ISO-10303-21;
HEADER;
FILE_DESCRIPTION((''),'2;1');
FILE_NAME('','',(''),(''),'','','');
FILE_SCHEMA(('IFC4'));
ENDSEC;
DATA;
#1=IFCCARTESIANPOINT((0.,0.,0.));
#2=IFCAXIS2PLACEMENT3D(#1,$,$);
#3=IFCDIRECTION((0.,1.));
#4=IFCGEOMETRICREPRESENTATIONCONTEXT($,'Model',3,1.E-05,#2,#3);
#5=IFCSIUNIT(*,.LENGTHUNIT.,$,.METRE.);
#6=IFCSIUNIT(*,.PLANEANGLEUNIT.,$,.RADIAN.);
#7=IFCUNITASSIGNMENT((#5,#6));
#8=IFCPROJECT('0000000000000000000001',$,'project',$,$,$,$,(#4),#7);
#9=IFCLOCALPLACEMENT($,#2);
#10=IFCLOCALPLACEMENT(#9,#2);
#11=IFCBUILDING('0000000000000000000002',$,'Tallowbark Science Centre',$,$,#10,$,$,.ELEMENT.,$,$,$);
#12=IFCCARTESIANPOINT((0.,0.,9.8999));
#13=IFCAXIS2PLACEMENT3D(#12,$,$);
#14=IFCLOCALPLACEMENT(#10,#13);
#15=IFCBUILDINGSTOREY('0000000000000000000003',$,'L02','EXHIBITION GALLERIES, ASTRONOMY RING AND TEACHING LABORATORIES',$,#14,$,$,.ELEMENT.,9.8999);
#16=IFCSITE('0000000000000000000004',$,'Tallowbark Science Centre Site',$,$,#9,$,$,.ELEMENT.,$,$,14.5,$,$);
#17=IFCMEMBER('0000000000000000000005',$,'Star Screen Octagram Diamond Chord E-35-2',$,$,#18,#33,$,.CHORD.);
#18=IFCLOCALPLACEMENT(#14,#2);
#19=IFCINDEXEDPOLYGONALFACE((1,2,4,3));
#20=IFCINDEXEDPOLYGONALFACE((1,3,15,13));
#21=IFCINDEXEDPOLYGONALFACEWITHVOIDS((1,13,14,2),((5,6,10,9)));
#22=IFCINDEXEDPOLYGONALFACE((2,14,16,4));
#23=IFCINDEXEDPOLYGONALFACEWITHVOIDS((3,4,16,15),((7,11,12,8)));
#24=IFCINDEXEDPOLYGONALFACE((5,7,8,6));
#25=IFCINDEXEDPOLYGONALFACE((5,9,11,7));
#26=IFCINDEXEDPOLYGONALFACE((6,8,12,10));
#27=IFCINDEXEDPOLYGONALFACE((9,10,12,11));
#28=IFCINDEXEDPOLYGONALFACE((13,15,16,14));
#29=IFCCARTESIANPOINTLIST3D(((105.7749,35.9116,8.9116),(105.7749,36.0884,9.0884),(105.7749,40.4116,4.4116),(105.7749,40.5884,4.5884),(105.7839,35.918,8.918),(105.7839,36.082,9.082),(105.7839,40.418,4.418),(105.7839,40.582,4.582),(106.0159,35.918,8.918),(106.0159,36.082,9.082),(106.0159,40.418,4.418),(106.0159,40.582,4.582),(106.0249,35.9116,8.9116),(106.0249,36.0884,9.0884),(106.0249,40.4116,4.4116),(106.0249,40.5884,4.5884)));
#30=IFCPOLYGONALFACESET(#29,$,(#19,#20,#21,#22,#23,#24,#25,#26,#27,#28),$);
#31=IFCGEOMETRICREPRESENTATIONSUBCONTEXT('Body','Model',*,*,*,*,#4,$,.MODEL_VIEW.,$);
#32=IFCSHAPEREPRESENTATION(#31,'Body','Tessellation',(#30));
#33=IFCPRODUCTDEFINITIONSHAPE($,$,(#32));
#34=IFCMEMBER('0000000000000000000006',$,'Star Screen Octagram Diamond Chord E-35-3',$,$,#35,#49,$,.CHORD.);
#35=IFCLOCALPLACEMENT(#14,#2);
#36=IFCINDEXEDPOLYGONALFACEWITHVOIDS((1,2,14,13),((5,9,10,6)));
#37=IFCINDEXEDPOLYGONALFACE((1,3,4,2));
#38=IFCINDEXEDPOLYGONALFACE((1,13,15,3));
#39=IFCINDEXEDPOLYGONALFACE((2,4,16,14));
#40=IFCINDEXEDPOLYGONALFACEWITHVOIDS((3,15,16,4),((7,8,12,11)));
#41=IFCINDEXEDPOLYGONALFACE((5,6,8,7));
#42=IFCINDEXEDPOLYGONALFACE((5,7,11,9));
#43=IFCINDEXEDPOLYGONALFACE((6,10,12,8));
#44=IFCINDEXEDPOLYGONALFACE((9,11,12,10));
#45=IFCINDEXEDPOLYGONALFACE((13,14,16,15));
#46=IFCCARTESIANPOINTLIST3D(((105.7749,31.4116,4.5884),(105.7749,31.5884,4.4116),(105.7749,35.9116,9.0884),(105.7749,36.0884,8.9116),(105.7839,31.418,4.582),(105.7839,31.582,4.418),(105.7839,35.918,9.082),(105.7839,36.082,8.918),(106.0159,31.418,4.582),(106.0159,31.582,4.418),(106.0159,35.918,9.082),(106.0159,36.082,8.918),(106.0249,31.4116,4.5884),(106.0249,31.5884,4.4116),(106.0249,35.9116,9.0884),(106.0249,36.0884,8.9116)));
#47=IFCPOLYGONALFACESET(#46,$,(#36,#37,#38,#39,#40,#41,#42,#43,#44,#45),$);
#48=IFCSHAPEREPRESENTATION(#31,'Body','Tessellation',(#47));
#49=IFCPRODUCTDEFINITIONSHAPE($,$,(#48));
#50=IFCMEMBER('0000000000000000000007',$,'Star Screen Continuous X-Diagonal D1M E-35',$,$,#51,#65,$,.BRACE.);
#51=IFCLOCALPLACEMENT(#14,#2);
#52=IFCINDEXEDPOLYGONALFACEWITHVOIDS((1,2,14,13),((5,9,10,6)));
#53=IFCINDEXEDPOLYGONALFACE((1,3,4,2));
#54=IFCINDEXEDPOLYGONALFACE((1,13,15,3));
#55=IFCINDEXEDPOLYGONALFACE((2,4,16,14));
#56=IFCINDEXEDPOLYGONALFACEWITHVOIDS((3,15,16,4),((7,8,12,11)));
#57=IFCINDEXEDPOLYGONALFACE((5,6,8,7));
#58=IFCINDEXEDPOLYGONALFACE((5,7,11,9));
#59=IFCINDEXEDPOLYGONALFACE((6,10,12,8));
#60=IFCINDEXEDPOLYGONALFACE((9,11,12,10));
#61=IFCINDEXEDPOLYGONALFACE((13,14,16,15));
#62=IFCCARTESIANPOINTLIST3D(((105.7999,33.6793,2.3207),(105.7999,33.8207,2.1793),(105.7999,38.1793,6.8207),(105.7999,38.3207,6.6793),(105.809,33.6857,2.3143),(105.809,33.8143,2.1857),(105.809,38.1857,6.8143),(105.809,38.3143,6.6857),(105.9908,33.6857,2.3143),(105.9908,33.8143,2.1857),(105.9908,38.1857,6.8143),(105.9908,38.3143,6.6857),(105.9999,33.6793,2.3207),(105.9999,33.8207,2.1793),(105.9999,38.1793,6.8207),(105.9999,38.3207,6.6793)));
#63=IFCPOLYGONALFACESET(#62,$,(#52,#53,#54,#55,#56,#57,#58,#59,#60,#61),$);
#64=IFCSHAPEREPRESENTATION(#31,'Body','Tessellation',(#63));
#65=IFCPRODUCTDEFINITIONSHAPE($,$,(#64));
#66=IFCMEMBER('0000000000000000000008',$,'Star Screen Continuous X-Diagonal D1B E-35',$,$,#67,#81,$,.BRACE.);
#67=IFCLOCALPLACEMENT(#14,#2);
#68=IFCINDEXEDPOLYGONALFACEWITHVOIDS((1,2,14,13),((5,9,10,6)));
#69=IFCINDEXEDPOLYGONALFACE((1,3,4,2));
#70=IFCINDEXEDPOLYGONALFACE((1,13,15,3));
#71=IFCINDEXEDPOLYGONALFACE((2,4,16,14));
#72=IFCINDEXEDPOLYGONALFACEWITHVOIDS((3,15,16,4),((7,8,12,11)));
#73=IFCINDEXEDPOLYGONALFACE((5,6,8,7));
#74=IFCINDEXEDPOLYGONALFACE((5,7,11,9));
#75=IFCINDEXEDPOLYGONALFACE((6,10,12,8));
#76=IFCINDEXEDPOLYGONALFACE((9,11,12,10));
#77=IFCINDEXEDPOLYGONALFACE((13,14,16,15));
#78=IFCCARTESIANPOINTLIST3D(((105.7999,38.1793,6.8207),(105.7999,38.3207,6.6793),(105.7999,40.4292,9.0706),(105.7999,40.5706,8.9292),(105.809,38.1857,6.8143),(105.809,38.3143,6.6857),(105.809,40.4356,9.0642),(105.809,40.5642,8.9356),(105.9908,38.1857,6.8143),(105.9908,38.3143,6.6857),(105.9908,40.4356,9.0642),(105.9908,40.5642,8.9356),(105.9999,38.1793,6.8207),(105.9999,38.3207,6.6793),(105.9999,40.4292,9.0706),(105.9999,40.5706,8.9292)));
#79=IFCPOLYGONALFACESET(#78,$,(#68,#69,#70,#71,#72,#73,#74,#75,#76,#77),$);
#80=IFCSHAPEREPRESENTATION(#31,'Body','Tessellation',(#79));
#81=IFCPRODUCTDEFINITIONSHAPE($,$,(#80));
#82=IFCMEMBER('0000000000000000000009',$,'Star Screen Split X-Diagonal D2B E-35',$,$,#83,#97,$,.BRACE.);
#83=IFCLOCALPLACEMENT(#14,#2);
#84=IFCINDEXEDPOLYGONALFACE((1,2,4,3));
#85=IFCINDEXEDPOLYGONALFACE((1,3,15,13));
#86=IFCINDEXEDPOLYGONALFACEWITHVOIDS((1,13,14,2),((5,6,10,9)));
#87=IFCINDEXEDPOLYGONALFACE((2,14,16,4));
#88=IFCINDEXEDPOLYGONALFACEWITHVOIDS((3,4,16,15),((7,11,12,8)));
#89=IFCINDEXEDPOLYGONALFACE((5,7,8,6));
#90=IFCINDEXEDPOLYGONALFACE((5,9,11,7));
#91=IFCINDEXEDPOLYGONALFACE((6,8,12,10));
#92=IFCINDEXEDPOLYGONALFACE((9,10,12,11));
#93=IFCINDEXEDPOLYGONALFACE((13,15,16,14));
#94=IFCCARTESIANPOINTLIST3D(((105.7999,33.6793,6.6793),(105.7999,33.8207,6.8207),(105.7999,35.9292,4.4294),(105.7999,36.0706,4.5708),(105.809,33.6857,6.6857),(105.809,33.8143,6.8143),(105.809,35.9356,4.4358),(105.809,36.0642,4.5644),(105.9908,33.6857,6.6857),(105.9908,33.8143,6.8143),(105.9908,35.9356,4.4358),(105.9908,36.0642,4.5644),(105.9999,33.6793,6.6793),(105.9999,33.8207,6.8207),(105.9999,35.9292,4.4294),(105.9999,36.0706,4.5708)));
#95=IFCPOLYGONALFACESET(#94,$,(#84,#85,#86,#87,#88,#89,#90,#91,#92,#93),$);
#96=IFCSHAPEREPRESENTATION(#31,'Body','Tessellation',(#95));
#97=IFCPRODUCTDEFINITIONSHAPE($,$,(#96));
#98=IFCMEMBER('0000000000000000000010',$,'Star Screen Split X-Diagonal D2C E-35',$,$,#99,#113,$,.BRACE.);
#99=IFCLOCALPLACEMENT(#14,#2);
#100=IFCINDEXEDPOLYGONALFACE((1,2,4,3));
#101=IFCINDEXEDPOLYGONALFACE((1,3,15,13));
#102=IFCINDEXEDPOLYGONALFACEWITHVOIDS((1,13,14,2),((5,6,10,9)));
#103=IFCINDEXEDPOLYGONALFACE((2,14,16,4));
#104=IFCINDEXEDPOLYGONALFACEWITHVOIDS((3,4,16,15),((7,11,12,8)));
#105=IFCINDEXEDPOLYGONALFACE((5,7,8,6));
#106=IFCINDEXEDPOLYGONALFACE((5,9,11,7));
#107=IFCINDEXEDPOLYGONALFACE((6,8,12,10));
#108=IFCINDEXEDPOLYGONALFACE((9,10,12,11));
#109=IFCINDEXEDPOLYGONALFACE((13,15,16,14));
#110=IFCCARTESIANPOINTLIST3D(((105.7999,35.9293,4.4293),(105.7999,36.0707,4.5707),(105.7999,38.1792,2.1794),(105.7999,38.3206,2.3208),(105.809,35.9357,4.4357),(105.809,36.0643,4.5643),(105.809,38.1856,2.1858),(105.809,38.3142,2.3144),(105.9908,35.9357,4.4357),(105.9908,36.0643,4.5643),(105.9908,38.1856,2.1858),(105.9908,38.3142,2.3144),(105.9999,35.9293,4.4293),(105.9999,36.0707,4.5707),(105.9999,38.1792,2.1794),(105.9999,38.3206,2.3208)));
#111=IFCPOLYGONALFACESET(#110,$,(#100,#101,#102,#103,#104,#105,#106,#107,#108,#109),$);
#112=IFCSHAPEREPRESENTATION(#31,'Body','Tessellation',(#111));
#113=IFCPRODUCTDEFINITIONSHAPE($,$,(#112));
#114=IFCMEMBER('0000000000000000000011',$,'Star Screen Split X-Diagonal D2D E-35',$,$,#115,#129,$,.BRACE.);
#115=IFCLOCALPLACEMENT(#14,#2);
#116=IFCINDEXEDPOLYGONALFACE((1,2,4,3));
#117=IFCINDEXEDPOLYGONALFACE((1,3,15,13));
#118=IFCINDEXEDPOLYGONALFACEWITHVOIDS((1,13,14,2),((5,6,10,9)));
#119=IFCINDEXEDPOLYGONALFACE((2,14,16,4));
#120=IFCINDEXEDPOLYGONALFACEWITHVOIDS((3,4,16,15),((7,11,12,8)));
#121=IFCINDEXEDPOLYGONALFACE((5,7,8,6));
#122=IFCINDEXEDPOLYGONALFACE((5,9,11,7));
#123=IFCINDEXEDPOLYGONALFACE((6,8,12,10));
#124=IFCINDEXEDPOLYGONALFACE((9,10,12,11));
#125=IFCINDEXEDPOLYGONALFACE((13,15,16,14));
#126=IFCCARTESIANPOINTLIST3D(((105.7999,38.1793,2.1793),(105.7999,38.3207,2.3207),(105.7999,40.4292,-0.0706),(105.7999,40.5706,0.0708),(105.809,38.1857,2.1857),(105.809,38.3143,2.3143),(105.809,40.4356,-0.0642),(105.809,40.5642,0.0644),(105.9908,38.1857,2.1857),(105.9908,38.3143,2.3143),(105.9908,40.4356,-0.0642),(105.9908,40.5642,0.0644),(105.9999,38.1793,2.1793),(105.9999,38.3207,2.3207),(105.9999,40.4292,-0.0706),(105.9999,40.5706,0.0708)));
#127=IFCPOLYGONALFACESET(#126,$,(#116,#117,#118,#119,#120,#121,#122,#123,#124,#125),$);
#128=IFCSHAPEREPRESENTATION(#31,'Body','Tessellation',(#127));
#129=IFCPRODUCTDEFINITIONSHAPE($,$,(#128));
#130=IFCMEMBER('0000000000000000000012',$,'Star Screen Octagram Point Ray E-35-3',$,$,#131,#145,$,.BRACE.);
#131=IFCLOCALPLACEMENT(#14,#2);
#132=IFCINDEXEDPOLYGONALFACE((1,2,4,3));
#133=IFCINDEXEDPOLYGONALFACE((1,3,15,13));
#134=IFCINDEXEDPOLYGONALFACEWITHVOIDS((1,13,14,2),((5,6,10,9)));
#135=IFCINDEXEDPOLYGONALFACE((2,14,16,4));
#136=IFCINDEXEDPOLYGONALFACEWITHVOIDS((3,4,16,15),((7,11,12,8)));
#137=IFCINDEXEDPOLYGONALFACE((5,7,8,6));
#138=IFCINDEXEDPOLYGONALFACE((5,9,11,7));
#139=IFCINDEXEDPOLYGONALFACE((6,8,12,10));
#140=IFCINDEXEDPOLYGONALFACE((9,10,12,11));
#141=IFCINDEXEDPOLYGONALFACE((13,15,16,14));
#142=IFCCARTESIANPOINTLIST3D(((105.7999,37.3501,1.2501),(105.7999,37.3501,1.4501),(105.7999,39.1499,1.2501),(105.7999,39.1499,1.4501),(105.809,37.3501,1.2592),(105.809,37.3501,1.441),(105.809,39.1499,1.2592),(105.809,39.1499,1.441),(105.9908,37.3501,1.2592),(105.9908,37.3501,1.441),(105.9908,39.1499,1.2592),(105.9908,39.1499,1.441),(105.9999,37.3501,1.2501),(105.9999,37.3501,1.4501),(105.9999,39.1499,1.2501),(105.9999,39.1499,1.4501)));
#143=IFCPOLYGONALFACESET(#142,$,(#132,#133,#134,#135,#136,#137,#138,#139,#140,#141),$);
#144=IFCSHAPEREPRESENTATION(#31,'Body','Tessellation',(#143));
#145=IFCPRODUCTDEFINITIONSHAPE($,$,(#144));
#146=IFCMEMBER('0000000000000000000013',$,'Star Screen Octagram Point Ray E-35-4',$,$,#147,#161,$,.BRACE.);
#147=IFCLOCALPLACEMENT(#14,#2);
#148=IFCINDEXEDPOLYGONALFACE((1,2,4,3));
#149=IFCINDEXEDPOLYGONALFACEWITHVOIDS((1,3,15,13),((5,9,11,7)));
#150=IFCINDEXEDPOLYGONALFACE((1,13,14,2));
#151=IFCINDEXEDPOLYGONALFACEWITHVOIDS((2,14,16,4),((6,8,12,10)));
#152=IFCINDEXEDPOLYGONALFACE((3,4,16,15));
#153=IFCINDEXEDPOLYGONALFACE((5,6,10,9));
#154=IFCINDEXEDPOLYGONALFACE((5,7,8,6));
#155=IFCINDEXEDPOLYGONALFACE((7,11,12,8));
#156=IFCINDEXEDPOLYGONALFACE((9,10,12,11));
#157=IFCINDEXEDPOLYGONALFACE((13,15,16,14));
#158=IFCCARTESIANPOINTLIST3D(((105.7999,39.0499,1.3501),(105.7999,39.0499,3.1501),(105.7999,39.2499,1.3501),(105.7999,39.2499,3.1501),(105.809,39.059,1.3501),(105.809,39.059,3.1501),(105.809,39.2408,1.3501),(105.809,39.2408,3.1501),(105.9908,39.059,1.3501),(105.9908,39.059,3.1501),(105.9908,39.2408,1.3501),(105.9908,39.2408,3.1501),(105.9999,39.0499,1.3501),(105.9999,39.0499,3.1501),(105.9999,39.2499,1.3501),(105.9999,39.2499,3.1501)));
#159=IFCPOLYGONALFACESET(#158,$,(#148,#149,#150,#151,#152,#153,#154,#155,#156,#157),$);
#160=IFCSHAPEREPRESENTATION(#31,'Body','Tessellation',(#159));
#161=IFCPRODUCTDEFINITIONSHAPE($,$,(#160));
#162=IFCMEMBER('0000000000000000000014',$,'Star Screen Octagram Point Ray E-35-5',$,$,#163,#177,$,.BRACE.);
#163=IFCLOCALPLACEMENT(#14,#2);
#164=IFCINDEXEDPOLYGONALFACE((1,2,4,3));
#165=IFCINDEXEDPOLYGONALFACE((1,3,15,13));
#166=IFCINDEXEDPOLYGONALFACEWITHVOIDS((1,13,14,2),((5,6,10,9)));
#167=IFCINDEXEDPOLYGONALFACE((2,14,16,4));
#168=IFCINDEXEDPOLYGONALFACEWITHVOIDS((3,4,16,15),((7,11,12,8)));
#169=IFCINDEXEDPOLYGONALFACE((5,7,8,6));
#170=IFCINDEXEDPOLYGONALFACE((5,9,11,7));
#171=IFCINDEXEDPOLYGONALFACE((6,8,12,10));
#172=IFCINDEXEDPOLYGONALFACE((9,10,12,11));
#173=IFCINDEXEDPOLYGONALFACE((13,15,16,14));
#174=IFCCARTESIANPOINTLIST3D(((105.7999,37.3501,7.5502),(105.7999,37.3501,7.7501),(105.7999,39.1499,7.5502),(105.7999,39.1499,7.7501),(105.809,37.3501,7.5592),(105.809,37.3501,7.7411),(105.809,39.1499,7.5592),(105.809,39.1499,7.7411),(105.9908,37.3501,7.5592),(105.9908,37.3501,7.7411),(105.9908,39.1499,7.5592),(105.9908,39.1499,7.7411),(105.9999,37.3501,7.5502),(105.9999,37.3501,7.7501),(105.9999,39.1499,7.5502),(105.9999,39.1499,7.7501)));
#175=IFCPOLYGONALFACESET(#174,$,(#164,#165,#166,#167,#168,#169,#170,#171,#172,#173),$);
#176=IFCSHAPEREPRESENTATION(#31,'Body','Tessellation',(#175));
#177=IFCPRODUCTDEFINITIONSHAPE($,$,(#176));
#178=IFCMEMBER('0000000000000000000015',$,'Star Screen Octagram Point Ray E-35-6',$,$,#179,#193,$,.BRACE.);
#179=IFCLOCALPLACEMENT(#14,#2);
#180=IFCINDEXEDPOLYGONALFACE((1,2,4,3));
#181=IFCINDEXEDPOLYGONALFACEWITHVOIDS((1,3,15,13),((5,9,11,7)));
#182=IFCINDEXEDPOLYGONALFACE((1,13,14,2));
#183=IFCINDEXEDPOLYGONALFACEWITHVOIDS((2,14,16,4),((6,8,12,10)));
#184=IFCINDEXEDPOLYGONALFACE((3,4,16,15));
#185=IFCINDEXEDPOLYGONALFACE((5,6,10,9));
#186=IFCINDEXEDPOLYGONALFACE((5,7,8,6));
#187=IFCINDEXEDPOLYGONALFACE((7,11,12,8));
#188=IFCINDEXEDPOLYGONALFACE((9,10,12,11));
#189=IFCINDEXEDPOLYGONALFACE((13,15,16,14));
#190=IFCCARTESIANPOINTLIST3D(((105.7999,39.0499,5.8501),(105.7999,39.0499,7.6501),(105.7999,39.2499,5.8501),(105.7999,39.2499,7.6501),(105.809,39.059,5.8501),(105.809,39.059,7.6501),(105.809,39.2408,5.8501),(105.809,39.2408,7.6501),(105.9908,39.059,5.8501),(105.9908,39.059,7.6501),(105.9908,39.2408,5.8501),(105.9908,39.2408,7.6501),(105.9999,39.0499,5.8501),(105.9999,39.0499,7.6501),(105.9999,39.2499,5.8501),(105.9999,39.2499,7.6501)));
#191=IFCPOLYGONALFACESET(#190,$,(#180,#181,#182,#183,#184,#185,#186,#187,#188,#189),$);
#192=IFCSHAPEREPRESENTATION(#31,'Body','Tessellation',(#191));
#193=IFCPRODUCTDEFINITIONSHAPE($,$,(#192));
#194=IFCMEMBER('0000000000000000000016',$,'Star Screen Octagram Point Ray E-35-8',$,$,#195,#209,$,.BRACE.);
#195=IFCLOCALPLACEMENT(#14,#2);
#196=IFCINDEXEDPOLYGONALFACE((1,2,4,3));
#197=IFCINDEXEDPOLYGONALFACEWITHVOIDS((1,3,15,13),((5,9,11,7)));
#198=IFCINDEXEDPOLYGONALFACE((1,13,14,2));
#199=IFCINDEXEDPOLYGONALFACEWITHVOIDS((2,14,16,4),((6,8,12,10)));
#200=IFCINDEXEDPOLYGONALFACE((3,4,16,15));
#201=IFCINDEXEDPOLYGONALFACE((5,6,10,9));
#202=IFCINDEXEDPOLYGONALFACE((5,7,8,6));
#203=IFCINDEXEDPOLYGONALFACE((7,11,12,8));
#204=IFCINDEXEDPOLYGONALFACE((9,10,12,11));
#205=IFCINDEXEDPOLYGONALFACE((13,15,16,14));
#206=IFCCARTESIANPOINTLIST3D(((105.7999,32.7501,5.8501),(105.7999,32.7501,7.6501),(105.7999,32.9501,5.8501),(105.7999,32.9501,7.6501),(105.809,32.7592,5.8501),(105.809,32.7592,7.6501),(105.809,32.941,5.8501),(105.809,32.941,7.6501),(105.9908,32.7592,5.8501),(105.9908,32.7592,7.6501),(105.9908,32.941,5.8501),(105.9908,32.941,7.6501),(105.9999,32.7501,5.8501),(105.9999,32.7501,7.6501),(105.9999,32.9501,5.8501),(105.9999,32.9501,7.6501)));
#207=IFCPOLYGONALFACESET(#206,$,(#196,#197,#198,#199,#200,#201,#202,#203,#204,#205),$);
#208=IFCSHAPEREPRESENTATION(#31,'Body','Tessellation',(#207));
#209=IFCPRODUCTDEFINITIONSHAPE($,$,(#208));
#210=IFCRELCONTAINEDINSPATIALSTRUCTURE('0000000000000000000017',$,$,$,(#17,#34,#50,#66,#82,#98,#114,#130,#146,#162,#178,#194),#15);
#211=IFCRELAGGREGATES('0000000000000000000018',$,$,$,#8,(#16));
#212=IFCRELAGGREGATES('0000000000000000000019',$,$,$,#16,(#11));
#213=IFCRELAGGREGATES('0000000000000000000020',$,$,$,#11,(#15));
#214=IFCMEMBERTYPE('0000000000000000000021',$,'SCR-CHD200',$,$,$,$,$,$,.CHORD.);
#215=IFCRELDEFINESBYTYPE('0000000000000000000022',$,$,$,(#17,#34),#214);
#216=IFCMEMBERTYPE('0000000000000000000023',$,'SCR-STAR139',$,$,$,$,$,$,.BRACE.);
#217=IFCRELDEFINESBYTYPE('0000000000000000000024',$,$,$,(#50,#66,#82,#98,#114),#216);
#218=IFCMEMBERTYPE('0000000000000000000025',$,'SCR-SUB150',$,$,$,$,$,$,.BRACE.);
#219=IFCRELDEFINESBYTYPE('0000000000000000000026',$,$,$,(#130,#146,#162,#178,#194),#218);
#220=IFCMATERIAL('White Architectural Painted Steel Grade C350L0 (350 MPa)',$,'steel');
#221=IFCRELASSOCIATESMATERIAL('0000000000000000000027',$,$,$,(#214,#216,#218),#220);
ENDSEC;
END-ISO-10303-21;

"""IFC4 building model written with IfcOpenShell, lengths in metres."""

from ifc_helpers import new_model, si_unit, direction, frame, origin, origin_2d, place, context, subcontext, project, spatial, hollow_rectangle, extrude, material, material_profile, profile_set, type_object, element, save


model = new_model("IFC4")

# Units and contexts
model_context = context("Model", 3, precision=1e-05, world=origin(), true_north=direction((0.0, 1.0)))
body_context = subcontext(model_context, "Body", "Model", "MODEL_VIEW")
ifc_project = project(units=[si_unit("LENGTHUNIT", "METRE"), si_unit("PLANEANGLEUNIT", "RADIAN")], contexts=[model_context])

# Site, building, storey
site_placement = place(None, origin())
site = spatial("IfcSite", under=ifc_project, at=site_placement, Name="Tallowbark Science Centre Site", CompositionType="ELEMENT", RefElevation=14.5)
building_placement = place(site_placement, origin())
building = spatial("IfcBuilding", under=site, at=building_placement, Name="Tallowbark Science Centre", CompositionType="ELEMENT")
storey_placement = place(building_placement, frame((0.0, 0.0, 9.8999)))
storey = spatial("IfcBuildingStorey", under=building, at=storey_placement, Name="L02", Description="EXHIBITION GALLERIES, ASTRONOMY RING AND TEACHING LABORATORIES", CompositionType="ELEMENT", Elevation=9.8999)

# Shared definitions
ifc_material_1 = material(Name="White Architectural Painted Steel Grade C350L0 (350 MPa)", Category="steel")

# Members
ifc_material_profile_1 = material_profile(ifc_material_1, hollow_rectangle(XDim=0.25, YDim=0.25, WallThickness=0.009, at=origin_2d()), Name="250x250x9.0SHS")
ifc_profile_set_1 = profile_set([ifc_material_profile_1], Name="White Architectural Painted Steel Grade C350L0 (350 MPa)")
member_type_1 = type_object("IfcMemberType", Name="SCR-CHD200", PredefinedType="CHORD", material=ifc_profile_set_1)
for number, where, z_axis, x_axis, name in (
    (1, (105.8999, 40.5, 4.5), (0.0, -0.707107, 0.707107), (1.0, 0.0, 0.0), "Star Screen Octagram Diamond Chord E-35-2"),
    (2, (105.8999, 36.0, 9.0), (0.0, -0.707107, -0.707107), (1.0, 0.0, 0.0), "Star Screen Octagram Diamond Chord E-35-3"),
):
    element("IfcMember", number, at=place(storey_placement, frame(where, z_axis=z_axis, x_axis=x_axis)), inside=storey, type_object=member_type_1, Name=name, PredefinedType="CHORD", context=body_context, shape_type="SweptSolid", body=[
        extrude(hollow_rectangle(XDim=0.25, YDim=0.25, WallThickness=0.009, at=origin_2d()), origin(), (0.0, 0.0, 1.0), 6.364),
    ])
ifc_material_profile_2 = material_profile(ifc_material_1, hollow_rectangle(XDim=0.2, YDim=0.2, WallThickness=0.009, at=origin_2d()), Name="200x200x9.0SHS")
ifc_profile_set_2 = profile_set([ifc_material_profile_2], Name="White Architectural Painted Steel Grade C350L0 (350 MPa)")
member_type_2 = type_object("IfcMemberType", Name="SCR-STAR139", PredefinedType="BRACE", material=ifc_profile_set_2)
member_1_placement = place(storey_placement, frame((105.8999, 33.75, 2.25), z_axis=(0.0, 0.707107, 0.707107), x_axis=(-1.0, 0.0, 0.0)))
element("IfcMember", 3, at=member_1_placement, inside=storey, type_object=member_type_2, Name="Star Screen Continuous X-Diagonal D1M E-35", PredefinedType="BRACE", context=body_context, shape_type="SweptSolid", body=[
    extrude(hollow_rectangle(XDim=0.2, YDim=0.2, WallThickness=0.009, at=origin_2d()), origin(), (0.0, 0.0, 1.0), 6.364),
])
for number, where, z_axis, x_axis, name in (
    (4, (105.8999, 38.25, 6.75), (0.0, 0.707107, 0.707107), (-1.0, 0.0, 0.0), "Star Screen Continuous X-Diagonal D1B E-35"),
    (5, (105.8999, 33.75, 6.75), (0.0, 0.707107, -0.707107), (-1.0, 0.0, 0.0), "Star Screen Split X-Diagonal D2B E-35"),
    (6, (105.8999, 36.0, 4.5), (0.0, 0.707107, -0.707107), (-1.0, 0.0, 0.0), "Star Screen Split X-Diagonal D2C E-35"),
    (7, (105.8999, 38.25, 2.25), (0.0, 0.707107, -0.707107), (-1.0, 0.0, 0.0), "Star Screen Split X-Diagonal D2D E-35"),
):
    element("IfcMember", number, at=place(storey_placement, frame(where, z_axis=z_axis, x_axis=x_axis)), inside=storey, type_object=member_type_2, Name=name, PredefinedType="BRACE", context=body_context, shape_type="SweptSolid", body=[
        extrude(hollow_rectangle(XDim=0.2, YDim=0.2, WallThickness=0.009, at=origin_2d()), origin(), (0.0, 0.0, 1.0), 3.1819),
    ])
ifc_material_profile_3 = material_profile(ifc_material_1, hollow_rectangle(XDim=0.2, YDim=0.2, WallThickness=0.009, at=origin_2d()), Name="200x200x9.0SHS")
ifc_profile_set_3 = profile_set([ifc_material_profile_3], Name="White Architectural Painted Steel Grade C350L0 (350 MPa)")
member_type_3 = type_object("IfcMemberType", Name="SCR-SUB150", PredefinedType="BRACE", material=ifc_profile_set_3)
member_2_placement = place(storey_placement, frame((105.8999, 39.1499, 1.3501), z_axis=(0.0, -1.0, 0.0), x_axis=(1.0, 0.0, 0.0)))
element("IfcMember", 8, at=member_2_placement, inside=storey, type_object=member_type_3, Name="Star Screen Octagram Point Ray E-35-3", PredefinedType="BRACE", context=body_context, shape_type="SweptSolid", body=[
    extrude(hollow_rectangle(XDim=0.2, YDim=0.2, WallThickness=0.009, at=origin_2d()), origin(), (0.0, 0.0, 1.0), 1.7998),
])
member_3_placement = place(storey_placement, frame((105.8999, 39.1499, 1.3501), z_axis=(0.0, 0.0, 1.0), x_axis=(1.0, 0.0, 0.0)))
element("IfcMember", 9, at=member_3_placement, inside=storey, type_object=member_type_3, Name="Star Screen Octagram Point Ray E-35-4", PredefinedType="BRACE", context=body_context, shape_type="SweptSolid", body=[
    extrude(hollow_rectangle(XDim=0.2, YDim=0.2, WallThickness=0.009, at=origin_2d()), origin(), (0.0, 0.0, 1.0), 1.8),
])
member_4_placement = place(storey_placement, frame((105.8999, 39.1499, 7.6501), z_axis=(0.0, -1.0, 0.0), x_axis=(1.0, 0.0, 0.0)))
element("IfcMember", 10, at=member_4_placement, inside=storey, type_object=member_type_3, Name="Star Screen Octagram Point Ray E-35-5", PredefinedType="BRACE", context=body_context, shape_type="SweptSolid", body=[
    extrude(hollow_rectangle(XDim=0.2, YDim=0.2, WallThickness=0.009, at=origin_2d()), origin(), (0.0, 0.0, 1.0), 1.7998),
])
for number, where, z_axis, x_axis, name in (
    (11, (105.8999, 39.1499, 7.6501), (0.0, 0.0, -1.0), (1.0, 0.0, 0.0), "Star Screen Octagram Point Ray E-35-6"),
    (12, (105.8999, 32.8501, 7.6501), (0.0, 0.0, -1.0), (1.0, 0.0, 0.0), "Star Screen Octagram Point Ray E-35-8"),
):
    element("IfcMember", number, at=place(storey_placement, frame(where, z_axis=z_axis, x_axis=x_axis)), inside=storey, type_object=member_type_3, Name=name, PredefinedType="BRACE", context=body_context, shape_type="SweptSolid", body=[
        extrude(hollow_rectangle(XDim=0.2, YDim=0.2, WallThickness=0.009, at=origin_2d()), origin(), (0.0, 0.0, 1.0), 1.8),
    ])

save(model, "model.ifc")
